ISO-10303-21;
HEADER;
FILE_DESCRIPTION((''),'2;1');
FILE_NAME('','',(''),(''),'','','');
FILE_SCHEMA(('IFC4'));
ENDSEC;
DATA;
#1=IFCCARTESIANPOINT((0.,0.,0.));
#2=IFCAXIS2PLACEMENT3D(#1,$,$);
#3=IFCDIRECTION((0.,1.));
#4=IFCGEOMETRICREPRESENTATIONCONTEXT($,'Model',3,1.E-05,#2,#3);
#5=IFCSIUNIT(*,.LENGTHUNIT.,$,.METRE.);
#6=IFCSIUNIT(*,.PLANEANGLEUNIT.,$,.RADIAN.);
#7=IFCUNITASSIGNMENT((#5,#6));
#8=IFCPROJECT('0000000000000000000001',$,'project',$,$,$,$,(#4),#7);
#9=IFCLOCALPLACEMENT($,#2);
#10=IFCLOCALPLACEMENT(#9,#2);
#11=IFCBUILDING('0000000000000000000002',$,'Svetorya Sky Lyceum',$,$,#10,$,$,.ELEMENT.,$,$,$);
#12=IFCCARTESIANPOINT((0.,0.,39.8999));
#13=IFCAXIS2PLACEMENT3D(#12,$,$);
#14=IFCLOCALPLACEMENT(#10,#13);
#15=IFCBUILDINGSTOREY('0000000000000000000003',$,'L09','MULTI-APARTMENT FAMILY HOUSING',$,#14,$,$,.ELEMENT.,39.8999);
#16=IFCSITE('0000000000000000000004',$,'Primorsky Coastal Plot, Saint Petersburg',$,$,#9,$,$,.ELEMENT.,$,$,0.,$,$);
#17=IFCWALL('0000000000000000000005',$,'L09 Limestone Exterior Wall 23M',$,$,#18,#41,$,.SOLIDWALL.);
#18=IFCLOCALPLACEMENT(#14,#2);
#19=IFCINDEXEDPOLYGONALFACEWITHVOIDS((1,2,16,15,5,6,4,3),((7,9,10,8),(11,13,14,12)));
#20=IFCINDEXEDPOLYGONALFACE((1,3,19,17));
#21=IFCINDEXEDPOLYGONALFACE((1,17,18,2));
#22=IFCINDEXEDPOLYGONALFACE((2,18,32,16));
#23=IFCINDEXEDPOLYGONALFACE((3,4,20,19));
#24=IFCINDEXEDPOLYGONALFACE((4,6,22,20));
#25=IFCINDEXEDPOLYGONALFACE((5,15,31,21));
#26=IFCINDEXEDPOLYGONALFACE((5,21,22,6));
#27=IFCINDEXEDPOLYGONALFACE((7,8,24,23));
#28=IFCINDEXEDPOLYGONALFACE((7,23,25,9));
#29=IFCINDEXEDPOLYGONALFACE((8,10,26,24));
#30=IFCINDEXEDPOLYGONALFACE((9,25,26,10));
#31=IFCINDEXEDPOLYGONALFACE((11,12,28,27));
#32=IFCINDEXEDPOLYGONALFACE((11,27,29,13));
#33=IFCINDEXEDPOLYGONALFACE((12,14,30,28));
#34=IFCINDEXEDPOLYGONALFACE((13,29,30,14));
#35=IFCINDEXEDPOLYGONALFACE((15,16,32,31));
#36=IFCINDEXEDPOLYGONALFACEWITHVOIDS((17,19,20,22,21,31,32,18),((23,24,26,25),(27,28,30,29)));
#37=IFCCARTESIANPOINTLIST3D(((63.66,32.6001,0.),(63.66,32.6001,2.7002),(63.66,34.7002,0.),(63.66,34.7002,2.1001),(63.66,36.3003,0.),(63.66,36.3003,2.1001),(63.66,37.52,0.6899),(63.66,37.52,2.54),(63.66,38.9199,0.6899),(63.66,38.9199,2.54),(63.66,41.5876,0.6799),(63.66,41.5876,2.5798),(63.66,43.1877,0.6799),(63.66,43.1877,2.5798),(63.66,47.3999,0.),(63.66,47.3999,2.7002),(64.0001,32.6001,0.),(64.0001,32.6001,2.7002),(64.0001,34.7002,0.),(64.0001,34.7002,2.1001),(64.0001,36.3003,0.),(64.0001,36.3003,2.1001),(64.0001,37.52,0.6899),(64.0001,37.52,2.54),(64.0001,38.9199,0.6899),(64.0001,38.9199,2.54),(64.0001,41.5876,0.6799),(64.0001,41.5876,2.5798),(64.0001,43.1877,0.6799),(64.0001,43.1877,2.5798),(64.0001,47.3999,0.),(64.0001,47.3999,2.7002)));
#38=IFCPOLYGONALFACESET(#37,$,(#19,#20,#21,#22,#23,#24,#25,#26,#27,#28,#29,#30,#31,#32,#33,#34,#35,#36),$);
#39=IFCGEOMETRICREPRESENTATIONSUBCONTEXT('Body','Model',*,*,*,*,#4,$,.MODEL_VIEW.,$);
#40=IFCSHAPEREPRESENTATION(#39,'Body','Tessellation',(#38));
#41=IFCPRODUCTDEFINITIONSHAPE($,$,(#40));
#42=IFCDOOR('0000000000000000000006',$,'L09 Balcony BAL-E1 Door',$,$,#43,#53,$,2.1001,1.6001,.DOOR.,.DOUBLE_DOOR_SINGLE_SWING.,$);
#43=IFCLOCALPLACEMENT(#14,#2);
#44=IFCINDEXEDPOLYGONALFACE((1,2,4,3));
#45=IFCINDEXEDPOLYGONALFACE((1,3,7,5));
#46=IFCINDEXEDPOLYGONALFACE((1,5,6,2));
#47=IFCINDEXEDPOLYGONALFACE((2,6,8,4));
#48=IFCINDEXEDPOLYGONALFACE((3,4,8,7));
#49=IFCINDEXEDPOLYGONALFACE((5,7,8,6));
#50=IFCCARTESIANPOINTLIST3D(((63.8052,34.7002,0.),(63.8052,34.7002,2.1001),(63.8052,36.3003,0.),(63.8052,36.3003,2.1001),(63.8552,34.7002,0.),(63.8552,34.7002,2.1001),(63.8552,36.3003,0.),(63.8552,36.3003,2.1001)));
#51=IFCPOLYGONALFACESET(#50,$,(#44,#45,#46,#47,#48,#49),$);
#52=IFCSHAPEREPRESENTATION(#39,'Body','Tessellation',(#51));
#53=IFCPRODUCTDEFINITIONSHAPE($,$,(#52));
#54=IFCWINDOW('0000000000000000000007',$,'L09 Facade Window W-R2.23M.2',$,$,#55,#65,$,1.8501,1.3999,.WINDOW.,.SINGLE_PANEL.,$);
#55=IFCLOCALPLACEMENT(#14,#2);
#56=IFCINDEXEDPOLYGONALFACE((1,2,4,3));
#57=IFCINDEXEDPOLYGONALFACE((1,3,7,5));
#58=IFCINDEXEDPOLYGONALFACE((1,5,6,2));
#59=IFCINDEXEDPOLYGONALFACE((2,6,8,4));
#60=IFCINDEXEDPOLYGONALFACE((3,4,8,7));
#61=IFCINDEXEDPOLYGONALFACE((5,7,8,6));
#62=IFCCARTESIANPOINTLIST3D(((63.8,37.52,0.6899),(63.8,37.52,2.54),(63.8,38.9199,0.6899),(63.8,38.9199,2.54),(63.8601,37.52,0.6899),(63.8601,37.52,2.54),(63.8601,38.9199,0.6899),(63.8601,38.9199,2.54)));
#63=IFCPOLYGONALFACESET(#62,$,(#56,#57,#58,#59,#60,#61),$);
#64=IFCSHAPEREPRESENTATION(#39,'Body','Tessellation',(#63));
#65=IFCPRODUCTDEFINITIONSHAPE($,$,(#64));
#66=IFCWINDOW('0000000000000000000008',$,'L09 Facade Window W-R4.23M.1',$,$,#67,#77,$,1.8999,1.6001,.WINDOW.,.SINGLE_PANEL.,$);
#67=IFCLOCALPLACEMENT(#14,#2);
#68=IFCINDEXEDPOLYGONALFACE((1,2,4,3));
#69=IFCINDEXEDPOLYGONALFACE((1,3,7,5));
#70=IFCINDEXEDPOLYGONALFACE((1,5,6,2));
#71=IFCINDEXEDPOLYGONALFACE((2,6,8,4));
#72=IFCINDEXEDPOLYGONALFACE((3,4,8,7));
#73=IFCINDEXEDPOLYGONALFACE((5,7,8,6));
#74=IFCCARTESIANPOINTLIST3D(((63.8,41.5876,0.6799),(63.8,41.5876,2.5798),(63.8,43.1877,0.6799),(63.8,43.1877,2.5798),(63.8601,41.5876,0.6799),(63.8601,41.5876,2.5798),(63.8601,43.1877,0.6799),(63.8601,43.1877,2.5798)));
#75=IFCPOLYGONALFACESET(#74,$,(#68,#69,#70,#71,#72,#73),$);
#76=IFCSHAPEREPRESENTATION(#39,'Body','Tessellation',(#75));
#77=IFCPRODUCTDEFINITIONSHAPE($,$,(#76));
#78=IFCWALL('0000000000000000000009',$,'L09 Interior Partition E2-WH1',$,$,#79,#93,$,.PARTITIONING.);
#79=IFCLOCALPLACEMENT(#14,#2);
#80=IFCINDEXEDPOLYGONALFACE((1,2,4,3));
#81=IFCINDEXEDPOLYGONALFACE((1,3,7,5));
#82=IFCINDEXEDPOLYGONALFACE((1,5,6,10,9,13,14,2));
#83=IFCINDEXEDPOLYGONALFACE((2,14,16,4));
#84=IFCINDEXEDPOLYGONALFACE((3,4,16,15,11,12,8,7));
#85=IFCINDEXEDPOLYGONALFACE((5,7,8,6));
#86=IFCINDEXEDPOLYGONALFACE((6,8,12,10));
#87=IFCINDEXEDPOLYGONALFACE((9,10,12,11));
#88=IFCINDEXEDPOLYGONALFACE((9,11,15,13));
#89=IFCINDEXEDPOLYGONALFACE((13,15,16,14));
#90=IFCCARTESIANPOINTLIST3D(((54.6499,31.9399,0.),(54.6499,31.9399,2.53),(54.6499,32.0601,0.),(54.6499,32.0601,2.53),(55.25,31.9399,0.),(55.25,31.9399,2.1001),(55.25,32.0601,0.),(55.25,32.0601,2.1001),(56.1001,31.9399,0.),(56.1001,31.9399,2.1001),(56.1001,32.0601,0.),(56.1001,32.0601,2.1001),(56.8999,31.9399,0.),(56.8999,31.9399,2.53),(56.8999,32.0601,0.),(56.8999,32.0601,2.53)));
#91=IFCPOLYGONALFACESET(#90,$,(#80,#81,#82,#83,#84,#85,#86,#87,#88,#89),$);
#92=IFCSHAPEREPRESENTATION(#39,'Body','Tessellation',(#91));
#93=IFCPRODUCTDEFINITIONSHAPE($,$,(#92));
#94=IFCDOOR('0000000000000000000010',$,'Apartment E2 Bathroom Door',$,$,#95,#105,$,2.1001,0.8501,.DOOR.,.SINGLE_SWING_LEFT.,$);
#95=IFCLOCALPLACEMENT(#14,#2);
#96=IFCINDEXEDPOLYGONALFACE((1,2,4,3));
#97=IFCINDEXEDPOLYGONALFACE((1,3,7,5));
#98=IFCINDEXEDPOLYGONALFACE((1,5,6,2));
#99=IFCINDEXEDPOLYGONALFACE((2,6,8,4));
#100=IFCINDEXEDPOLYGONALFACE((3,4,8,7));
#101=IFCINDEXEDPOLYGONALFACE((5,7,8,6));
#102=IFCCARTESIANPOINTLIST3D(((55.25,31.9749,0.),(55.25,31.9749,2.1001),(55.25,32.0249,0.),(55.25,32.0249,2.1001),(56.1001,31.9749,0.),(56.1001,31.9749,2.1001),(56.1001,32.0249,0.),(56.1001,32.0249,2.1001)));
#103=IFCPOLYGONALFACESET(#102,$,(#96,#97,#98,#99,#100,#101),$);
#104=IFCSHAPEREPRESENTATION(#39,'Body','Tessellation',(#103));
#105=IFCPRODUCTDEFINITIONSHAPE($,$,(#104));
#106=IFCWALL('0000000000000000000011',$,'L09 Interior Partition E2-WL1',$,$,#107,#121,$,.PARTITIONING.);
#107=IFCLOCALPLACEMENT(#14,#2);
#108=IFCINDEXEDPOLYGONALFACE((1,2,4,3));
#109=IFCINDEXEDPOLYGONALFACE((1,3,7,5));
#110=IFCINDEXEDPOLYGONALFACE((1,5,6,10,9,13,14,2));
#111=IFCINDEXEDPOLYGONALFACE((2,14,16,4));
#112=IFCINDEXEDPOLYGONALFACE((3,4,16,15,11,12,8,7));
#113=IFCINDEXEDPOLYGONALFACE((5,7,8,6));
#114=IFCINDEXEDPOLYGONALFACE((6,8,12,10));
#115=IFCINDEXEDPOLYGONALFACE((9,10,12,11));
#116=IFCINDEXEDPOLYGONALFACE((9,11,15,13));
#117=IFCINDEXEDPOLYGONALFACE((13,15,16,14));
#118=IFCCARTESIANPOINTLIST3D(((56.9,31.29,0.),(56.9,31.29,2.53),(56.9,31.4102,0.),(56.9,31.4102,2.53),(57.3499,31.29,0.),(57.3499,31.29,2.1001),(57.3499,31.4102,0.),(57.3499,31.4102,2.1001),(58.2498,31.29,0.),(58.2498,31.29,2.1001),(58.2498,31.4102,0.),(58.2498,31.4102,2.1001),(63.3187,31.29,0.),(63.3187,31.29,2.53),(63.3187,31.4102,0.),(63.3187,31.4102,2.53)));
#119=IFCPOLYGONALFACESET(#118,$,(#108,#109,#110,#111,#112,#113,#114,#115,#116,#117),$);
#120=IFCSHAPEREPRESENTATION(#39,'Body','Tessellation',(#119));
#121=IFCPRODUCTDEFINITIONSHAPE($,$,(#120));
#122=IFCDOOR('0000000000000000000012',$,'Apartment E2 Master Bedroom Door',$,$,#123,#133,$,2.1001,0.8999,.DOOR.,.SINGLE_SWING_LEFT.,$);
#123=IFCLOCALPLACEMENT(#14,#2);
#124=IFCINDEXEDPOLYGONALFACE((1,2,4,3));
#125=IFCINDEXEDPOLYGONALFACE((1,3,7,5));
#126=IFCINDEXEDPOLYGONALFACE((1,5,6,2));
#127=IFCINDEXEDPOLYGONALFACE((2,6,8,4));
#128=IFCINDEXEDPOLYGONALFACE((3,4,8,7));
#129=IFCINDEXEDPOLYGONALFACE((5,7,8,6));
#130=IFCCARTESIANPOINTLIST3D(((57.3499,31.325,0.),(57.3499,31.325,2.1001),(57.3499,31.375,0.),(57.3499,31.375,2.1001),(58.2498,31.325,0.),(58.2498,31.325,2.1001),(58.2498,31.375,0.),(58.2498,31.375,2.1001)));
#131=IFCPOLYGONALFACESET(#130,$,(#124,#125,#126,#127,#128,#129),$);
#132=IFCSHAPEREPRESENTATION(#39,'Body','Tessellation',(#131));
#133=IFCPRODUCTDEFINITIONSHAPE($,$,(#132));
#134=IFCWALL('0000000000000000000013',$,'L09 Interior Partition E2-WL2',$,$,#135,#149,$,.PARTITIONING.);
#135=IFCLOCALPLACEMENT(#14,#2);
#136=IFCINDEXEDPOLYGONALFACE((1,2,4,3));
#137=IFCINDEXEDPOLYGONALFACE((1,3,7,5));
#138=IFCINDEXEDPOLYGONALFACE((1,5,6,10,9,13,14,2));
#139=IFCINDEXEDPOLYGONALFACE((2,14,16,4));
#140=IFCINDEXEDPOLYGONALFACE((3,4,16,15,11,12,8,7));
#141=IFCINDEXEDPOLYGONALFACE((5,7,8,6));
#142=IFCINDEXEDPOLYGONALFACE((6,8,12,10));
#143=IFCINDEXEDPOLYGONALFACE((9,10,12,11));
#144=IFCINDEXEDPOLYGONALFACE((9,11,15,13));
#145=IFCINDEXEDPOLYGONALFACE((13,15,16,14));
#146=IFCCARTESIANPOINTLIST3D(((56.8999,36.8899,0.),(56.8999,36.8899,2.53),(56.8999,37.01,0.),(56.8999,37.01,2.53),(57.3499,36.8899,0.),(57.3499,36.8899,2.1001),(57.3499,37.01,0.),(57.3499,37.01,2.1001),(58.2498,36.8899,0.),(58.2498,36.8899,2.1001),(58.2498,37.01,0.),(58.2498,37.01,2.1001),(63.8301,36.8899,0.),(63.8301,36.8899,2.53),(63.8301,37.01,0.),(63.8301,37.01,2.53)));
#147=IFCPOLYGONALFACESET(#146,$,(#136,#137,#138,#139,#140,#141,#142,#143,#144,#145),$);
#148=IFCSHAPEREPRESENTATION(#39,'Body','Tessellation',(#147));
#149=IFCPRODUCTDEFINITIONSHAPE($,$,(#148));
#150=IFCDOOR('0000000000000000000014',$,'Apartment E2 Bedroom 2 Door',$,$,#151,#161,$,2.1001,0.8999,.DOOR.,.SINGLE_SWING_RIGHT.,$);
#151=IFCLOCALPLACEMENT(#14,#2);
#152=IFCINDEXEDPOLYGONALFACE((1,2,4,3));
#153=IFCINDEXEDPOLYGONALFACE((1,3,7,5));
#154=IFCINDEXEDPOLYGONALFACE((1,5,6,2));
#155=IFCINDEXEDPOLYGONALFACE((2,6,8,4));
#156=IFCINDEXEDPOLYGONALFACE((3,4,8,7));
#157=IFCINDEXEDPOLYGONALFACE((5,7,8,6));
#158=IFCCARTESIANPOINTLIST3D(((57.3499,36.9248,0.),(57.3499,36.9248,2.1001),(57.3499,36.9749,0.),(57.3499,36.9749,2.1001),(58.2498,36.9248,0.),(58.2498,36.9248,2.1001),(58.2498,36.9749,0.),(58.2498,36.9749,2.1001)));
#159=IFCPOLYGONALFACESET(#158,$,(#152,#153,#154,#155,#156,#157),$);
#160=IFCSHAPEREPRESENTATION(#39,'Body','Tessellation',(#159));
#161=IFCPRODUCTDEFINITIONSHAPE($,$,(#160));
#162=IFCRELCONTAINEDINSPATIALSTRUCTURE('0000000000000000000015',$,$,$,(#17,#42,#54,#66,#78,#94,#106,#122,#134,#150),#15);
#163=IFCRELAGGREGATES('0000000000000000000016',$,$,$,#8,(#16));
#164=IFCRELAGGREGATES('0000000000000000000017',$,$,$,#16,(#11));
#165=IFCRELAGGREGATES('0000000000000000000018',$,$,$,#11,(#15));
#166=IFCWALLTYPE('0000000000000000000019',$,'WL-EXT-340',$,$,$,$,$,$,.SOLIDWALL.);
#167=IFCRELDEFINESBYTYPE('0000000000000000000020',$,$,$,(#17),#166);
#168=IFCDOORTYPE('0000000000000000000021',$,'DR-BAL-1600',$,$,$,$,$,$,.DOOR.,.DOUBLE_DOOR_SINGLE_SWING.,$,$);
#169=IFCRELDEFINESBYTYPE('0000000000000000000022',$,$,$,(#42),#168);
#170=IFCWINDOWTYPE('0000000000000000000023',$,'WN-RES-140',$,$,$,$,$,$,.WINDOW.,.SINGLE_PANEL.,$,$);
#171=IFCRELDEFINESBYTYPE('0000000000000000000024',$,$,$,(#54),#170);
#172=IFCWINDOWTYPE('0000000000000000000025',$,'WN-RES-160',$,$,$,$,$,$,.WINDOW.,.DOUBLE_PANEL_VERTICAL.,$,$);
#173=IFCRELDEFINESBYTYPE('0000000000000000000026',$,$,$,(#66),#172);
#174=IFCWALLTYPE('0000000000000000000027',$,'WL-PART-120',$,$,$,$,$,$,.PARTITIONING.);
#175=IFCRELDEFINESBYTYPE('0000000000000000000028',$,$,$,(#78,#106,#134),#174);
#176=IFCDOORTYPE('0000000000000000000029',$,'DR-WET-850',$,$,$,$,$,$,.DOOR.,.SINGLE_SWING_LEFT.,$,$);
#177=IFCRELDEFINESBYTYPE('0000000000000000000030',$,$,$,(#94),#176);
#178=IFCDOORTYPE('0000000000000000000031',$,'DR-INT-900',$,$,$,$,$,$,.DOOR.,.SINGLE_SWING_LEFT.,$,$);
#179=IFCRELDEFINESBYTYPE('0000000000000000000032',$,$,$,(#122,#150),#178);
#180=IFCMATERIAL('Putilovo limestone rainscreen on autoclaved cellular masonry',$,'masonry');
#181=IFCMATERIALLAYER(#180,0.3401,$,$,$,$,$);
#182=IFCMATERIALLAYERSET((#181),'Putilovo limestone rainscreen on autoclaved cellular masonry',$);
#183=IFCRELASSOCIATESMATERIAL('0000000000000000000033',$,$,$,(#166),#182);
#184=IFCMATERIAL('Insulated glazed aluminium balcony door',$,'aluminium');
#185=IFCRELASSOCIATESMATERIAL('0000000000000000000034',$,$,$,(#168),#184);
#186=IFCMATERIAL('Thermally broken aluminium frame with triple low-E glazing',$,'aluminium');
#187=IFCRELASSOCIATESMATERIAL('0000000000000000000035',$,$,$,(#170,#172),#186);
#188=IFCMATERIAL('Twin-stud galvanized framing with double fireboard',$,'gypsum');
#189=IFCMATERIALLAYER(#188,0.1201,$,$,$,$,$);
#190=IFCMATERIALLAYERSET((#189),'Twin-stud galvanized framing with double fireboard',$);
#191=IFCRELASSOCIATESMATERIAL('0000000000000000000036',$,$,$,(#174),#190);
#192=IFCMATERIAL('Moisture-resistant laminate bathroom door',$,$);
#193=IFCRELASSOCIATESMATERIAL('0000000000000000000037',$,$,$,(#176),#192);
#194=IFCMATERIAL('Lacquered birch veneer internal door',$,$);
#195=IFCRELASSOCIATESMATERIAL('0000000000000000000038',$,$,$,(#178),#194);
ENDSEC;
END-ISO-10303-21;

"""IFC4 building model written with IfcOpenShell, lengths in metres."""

from ifc_helpers import new_model, si_unit, direction, frame, frame_2d, origin, place, context, subcontext, project, spatial, rectangle, extrude, material, layer, layer_set, type_object, element, fill, save


model = new_model("IFC4")

# Units and contexts
model_context = context("Model", 3, precision=1e-05, world=origin(), true_north=direction((0.0, 1.0)))
body_context = subcontext(model_context, "Body", "Model", "MODEL_VIEW")
ifc_project = project(units=[si_unit("LENGTHUNIT", "METRE"), si_unit("PLANEANGLEUNIT", "RADIAN")], contexts=[model_context])

# Site, building, storey
site_placement = place(None, origin())
site = spatial("IfcSite", under=ifc_project, at=site_placement, Name="Primorsky Coastal Plot, Saint Petersburg", CompositionType="ELEMENT", RefElevation=0.0)
building_placement = place(site_placement, origin())
building = spatial("IfcBuilding", under=site, at=building_placement, Name="Svetorya Sky Lyceum", CompositionType="ELEMENT")
storey_placement = place(building_placement, frame((0.0, 0.0, 39.8999)))
storey = spatial("IfcBuildingStorey", under=building, at=storey_placement, Name="L09", Description="MULTI-APARTMENT FAMILY HOUSING", CompositionType="ELEMENT", Elevation=39.8999)

# Shared definitions
ifc_material_1 = material(Name="Putilovo limestone rainscreen on autoclaved cellular masonry", Category="masonry")
ifc_layer_1 = layer(ifc_material_1, 0.3401)
ifc_layer_set_1 = layer_set([ifc_layer_1], Name="Putilovo limestone rainscreen on autoclaved cellular masonry")
wall_type_1 = type_object("IfcWallType", Name="WL-EXT-340", PredefinedType="SOLIDWALL", material=ifc_layer_set_1)

# Wall, openings, door, windows
wall_1_placement = place(storey_placement, frame((63.8301, 32.6001, 0.0), z_axis=(0.0, 0.0, 1.0), x_axis=(0.0, 1.0, 0.0)))
wall_1 = element("IfcWall", 1, at=wall_1_placement, inside=storey, type_object=wall_type_1, Name="L09 Limestone Exterior Wall 23M", PredefinedType="SOLIDWALL", context=body_context, shape_type="SweptSolid", body=[
    extrude(rectangle(XDim=14.7998, YDim=0.3401, at=frame_2d((7.3999, 0.0))), origin(), (0.0, 0.0, 1.0), 2.7002),
])
opening_1_placement = place(wall_1_placement, frame((2.1001, 0.0, 0.0)))
opening_1 = element("IfcOpeningElement", 2, at=opening_1_placement, cuts=wall_1, PredefinedType="OPENING", context=body_context, shape_type="SweptSolid", body=[
    extrude(rectangle(XDim=1.6001, YDim=2.1001, at=frame_2d((0.8, 1.05))), frame((0.0, 0.1799, 0.0), z_axis=(0.0, -1.0, 0.0), x_axis=(1.0, 0.0, 0.0)), (0.0, 0.0, 1.0), 0.3601),
])
opening_2_placement = place(wall_1_placement, frame((4.9199, 0.0, 0.6899)))
opening_2 = element("IfcOpeningElement", 3, at=opening_2_placement, cuts=wall_1, PredefinedType="OPENING", context=body_context, shape_type="SweptSolid", body=[
    extrude(rectangle(XDim=1.3999, YDim=1.8501, at=frame_2d((0.7, 0.925))), frame((0.0, 0.1799, 0.0), z_axis=(0.0, -1.0, 0.0), x_axis=(1.0, 0.0, 0.0)), (0.0, 0.0, 1.0), 0.3601),
])
opening_3_placement = place(wall_1_placement, frame((8.9875, 0.0, 0.6799)))
opening_3 = element("IfcOpeningElement", 4, at=opening_3_placement, cuts=wall_1, PredefinedType="OPENING", context=body_context, shape_type="SweptSolid", body=[
    extrude(rectangle(XDim=1.6001, YDim=1.8999, at=frame_2d((0.8, 0.95))), frame((0.0, 0.1799, 0.0), z_axis=(0.0, -1.0, 0.0), x_axis=(1.0, 0.0, 0.0)), (0.0, 0.0, 1.0), 0.3601),
])
ifc_material_2 = material(Name="Insulated glazed aluminium balcony door", Category="aluminium")
door_type_1 = type_object("IfcDoorType", Name="DR-BAL-1600", OperationType="DOUBLE_DOOR_SINGLE_SWING", PredefinedType="DOOR", material=ifc_material_2)
door_1_placement = place(opening_1_placement, origin())
door_1 = element("IfcDoor", 5, at=door_1_placement, inside=storey, type_object=door_type_1, Name="L09 Balcony BAL-E1 Door", OperationType="DOUBLE_DOOR_SINGLE_SWING", OverallHeight=2.1001, OverallWidth=1.6001, PredefinedType="DOOR", context=body_context, shape_type="SweptSolid", body=[
    extrude(rectangle(XDim=1.6001, YDim=2.1001, at=frame_2d((0.8, 1.05))), frame((0.0, 0.0249, 0.0), z_axis=(0.0, -1.0, 0.0), x_axis=(1.0, 0.0, 0.0)), (0.0, 0.0, 1.0), 0.05),
])
fill(opening_1, door_1)
ifc_material_3 = material(Name="Thermally broken aluminium frame with triple low-E glazing", Category="aluminium")
window_type_1 = type_object("IfcWindowType", Name="WN-RES-140", PartitioningType="SINGLE_PANEL", PredefinedType="WINDOW", material=ifc_material_3)
window_1_placement = place(opening_2_placement, origin())
window_1 = element("IfcWindow", 6, at=window_1_placement, inside=storey, type_object=window_type_1, Name="L09 Facade Window W-R2.23M.2", OverallHeight=1.8501, OverallWidth=1.3999, PartitioningType="SINGLE_PANEL", PredefinedType="WINDOW", context=body_context, shape_type="SweptSolid", body=[
    extrude(rectangle(XDim=1.3999, YDim=1.8501, at=frame_2d((0.7, 0.925))), frame((0.0, 0.03, 0.0), z_axis=(0.0, -1.0, 0.0), x_axis=(1.0, 0.0, 0.0)), (0.0, 0.0, 1.0), 0.0601),
])
fill(opening_2, window_1)
window_type_2 = type_object("IfcWindowType", Name="WN-RES-160", PartitioningType="DOUBLE_PANEL_VERTICAL", PredefinedType="WINDOW", material=ifc_material_3)
window_2_placement = place(opening_3_placement, origin())
window_2 = element("IfcWindow", 7, at=window_2_placement, inside=storey, type_object=window_type_2, Name="L09 Facade Window W-R4.23M.1", OverallHeight=1.8999, OverallWidth=1.6001, PartitioningType="SINGLE_PANEL", PredefinedType="WINDOW", context=body_context, shape_type="SweptSolid", body=[
    extrude(rectangle(XDim=1.6001, YDim=1.8999, at=frame_2d((0.8, 0.95))), frame((0.0, 0.03, 0.0), z_axis=(0.0, -1.0, 0.0), x_axis=(1.0, 0.0, 0.0)), (0.0, 0.0, 1.0), 0.0601),
])
fill(opening_3, window_2)

# Walls, openings, doors
ifc_material_4 = material(Name="Twin-stud galvanized framing with double fireboard", Category="gypsum")
ifc_layer_2 = layer(ifc_material_4, 0.1201)
ifc_layer_set_2 = layer_set([ifc_layer_2], Name="Twin-stud galvanized framing with double fireboard")
wall_type_2 = type_object("IfcWallType", Name="WL-PART-120", PredefinedType="PARTITIONING", material=ifc_layer_set_2)
wall_2_placement = place(storey_placement, frame((54.6499, 32.0, 0.0), z_axis=(0.0, 0.0, 1.0), x_axis=(1.0, 0.0, 0.0)))
wall_2 = element("IfcWall", 8, at=wall_2_placement, inside=storey, type_object=wall_type_2, Name="L09 Interior Partition E2-WH1", PredefinedType="PARTITIONING", context=body_context, shape_type="SweptSolid", body=[
    extrude(rectangle(XDim=2.25, YDim=0.1201, at=frame_2d((1.125, 0.0))), origin(), (0.0, 0.0, 1.0), 2.53),
])
opening_4_placement = place(wall_2_placement, frame((0.6001, 0.0, 0.0)))
opening_4 = element("IfcOpeningElement", 9, at=opening_4_placement, cuts=wall_2, PredefinedType="OPENING", context=body_context, shape_type="SweptSolid", body=[
    extrude(rectangle(XDim=0.8501, YDim=2.1001, at=frame_2d((0.425, 1.05))), frame((0.0, 0.0701, 0.0), z_axis=(0.0, -1.0, 0.0), x_axis=(1.0, 0.0, 0.0)), (0.0, 0.0, 1.0), 0.1401),
])
ifc_material_5 = material(Name="Moisture-resistant laminate bathroom door")
door_type_2 = type_object("IfcDoorType", Name="DR-WET-850", OperationType="SINGLE_SWING_LEFT", PredefinedType="DOOR", material=ifc_material_5)
door_2_placement = place(opening_4_placement, origin())
door_2 = element("IfcDoor", 10, at=door_2_placement, inside=storey, type_object=door_type_2, Name="Apartment E2 Bathroom Door", OperationType="SINGLE_SWING_LEFT", OverallHeight=2.1001, OverallWidth=0.8501, PredefinedType="DOOR", context=body_context, shape_type="SweptSolid", body=[
    extrude(rectangle(XDim=0.8501, YDim=2.1001, at=frame_2d((0.425, 1.05))), frame((0.0, 0.0249, 0.0), z_axis=(0.0, -1.0, 0.0), x_axis=(1.0, 0.0, 0.0)), (0.0, 0.0, 1.0), 0.05),
])
fill(opening_4, door_2)
wall_3_placement = place(storey_placement, frame((56.8999, 31.3501, 0.0), z_axis=(0.0, 0.0, 1.0), x_axis=(1.0, 0.0, 0.0)))
wall_3 = element("IfcWall", 11, at=wall_3_placement, inside=storey, type_object=wall_type_2, Name="L09 Interior Partition E2-WL1", PredefinedType="PARTITIONING", context=body_context, shape_type="SweptSolid", body=[
    extrude(rectangle(XDim=6.4187, YDim=0.1201, at=frame_2d((3.2095, 0.0))), origin(), (0.0, 0.0, 1.0), 2.53),
])
opening_5_placement = place(wall_3_placement, frame((0.45, 0.0, 0.0)))
opening_5 = element("IfcOpeningElement", 12, at=opening_5_placement, cuts=wall_3, PredefinedType="OPENING", context=body_context, shape_type="SweptSolid", body=[
    extrude(rectangle(XDim=0.8999, YDim=2.1001, at=frame_2d((0.45, 1.05))), frame((0.0, 0.0701, 0.0), z_axis=(0.0, -1.0, 0.0), x_axis=(1.0, 0.0, 0.0)), (0.0, 0.0, 1.0), 0.1401),
])
ifc_material_6 = material(Name="Lacquered birch veneer internal door")
door_type_3 = type_object("IfcDoorType", Name="DR-INT-900", OperationType="SINGLE_SWING_LEFT", PredefinedType="DOOR", material=ifc_material_6)
door_3_placement = place(opening_5_placement, origin())
door_3 = element("IfcDoor", 13, at=door_3_placement, inside=storey, type_object=door_type_3, Name="Apartment E2 Master Bedroom Door", OperationType="SINGLE_SWING_LEFT", OverallHeight=2.1001, OverallWidth=0.8999, PredefinedType="DOOR", context=body_context, shape_type="SweptSolid", body=[
    extrude(rectangle(XDim=0.8999, YDim=2.1001, at=frame_2d((0.45, 1.05))), frame((0.0, 0.0249, 0.0), z_axis=(0.0, -1.0, 0.0), x_axis=(1.0, 0.0, 0.0)), (0.0, 0.0, 1.0), 0.05),
])
fill(opening_5, door_3)
wall_4_placement = place(storey_placement, frame((56.8999, 36.95, 0.0), z_axis=(0.0, 0.0, 1.0), x_axis=(1.0, 0.0, 0.0)))
wall_4 = element("IfcWall", 14, at=wall_4_placement, inside=storey, type_object=wall_type_2, Name="L09 Interior Partition E2-WL2", PredefinedType="PARTITIONING", context=body_context, shape_type="SweptSolid", body=[
    extrude(rectangle(XDim=6.9302, YDim=0.1201, at=frame_2d((3.4651, 0.0))), origin(), (0.0, 0.0, 1.0), 2.53),
])
opening_6_placement = place(wall_4_placement, frame((0.45, 0.0, 0.0)))
opening_6 = element("IfcOpeningElement", 15, at=opening_6_placement, cuts=wall_4, PredefinedType="OPENING", context=body_context, shape_type="SweptSolid", body=[
    extrude(rectangle(XDim=0.8999, YDim=2.1001, at=frame_2d((0.45, 1.05))), frame((0.0, 0.0701, 0.0), z_axis=(0.0, -1.0, 0.0), x_axis=(1.0, 0.0, 0.0)), (0.0, 0.0, 1.0), 0.1401),
])
door_4_placement = place(opening_6_placement, origin())
door_4 = element("IfcDoor", 16, at=door_4_placement, inside=storey, type_object=door_type_3, Name="Apartment E2 Bedroom 2 Door", OperationType="SINGLE_SWING_RIGHT", OverallHeight=2.1001, OverallWidth=0.8999, PredefinedType="DOOR", context=body_context, shape_type="SweptSolid", body=[
    extrude(rectangle(XDim=0.8999, YDim=2.1001, at=frame_2d((0.45, 1.05))), frame((0.0, 0.0249, 0.0), z_axis=(0.0, -1.0, 0.0), x_axis=(1.0, 0.0, 0.0)), (0.0, 0.0, 1.0), 0.05),
])
fill(opening_6, door_4)

save(model, "model.ifc")
